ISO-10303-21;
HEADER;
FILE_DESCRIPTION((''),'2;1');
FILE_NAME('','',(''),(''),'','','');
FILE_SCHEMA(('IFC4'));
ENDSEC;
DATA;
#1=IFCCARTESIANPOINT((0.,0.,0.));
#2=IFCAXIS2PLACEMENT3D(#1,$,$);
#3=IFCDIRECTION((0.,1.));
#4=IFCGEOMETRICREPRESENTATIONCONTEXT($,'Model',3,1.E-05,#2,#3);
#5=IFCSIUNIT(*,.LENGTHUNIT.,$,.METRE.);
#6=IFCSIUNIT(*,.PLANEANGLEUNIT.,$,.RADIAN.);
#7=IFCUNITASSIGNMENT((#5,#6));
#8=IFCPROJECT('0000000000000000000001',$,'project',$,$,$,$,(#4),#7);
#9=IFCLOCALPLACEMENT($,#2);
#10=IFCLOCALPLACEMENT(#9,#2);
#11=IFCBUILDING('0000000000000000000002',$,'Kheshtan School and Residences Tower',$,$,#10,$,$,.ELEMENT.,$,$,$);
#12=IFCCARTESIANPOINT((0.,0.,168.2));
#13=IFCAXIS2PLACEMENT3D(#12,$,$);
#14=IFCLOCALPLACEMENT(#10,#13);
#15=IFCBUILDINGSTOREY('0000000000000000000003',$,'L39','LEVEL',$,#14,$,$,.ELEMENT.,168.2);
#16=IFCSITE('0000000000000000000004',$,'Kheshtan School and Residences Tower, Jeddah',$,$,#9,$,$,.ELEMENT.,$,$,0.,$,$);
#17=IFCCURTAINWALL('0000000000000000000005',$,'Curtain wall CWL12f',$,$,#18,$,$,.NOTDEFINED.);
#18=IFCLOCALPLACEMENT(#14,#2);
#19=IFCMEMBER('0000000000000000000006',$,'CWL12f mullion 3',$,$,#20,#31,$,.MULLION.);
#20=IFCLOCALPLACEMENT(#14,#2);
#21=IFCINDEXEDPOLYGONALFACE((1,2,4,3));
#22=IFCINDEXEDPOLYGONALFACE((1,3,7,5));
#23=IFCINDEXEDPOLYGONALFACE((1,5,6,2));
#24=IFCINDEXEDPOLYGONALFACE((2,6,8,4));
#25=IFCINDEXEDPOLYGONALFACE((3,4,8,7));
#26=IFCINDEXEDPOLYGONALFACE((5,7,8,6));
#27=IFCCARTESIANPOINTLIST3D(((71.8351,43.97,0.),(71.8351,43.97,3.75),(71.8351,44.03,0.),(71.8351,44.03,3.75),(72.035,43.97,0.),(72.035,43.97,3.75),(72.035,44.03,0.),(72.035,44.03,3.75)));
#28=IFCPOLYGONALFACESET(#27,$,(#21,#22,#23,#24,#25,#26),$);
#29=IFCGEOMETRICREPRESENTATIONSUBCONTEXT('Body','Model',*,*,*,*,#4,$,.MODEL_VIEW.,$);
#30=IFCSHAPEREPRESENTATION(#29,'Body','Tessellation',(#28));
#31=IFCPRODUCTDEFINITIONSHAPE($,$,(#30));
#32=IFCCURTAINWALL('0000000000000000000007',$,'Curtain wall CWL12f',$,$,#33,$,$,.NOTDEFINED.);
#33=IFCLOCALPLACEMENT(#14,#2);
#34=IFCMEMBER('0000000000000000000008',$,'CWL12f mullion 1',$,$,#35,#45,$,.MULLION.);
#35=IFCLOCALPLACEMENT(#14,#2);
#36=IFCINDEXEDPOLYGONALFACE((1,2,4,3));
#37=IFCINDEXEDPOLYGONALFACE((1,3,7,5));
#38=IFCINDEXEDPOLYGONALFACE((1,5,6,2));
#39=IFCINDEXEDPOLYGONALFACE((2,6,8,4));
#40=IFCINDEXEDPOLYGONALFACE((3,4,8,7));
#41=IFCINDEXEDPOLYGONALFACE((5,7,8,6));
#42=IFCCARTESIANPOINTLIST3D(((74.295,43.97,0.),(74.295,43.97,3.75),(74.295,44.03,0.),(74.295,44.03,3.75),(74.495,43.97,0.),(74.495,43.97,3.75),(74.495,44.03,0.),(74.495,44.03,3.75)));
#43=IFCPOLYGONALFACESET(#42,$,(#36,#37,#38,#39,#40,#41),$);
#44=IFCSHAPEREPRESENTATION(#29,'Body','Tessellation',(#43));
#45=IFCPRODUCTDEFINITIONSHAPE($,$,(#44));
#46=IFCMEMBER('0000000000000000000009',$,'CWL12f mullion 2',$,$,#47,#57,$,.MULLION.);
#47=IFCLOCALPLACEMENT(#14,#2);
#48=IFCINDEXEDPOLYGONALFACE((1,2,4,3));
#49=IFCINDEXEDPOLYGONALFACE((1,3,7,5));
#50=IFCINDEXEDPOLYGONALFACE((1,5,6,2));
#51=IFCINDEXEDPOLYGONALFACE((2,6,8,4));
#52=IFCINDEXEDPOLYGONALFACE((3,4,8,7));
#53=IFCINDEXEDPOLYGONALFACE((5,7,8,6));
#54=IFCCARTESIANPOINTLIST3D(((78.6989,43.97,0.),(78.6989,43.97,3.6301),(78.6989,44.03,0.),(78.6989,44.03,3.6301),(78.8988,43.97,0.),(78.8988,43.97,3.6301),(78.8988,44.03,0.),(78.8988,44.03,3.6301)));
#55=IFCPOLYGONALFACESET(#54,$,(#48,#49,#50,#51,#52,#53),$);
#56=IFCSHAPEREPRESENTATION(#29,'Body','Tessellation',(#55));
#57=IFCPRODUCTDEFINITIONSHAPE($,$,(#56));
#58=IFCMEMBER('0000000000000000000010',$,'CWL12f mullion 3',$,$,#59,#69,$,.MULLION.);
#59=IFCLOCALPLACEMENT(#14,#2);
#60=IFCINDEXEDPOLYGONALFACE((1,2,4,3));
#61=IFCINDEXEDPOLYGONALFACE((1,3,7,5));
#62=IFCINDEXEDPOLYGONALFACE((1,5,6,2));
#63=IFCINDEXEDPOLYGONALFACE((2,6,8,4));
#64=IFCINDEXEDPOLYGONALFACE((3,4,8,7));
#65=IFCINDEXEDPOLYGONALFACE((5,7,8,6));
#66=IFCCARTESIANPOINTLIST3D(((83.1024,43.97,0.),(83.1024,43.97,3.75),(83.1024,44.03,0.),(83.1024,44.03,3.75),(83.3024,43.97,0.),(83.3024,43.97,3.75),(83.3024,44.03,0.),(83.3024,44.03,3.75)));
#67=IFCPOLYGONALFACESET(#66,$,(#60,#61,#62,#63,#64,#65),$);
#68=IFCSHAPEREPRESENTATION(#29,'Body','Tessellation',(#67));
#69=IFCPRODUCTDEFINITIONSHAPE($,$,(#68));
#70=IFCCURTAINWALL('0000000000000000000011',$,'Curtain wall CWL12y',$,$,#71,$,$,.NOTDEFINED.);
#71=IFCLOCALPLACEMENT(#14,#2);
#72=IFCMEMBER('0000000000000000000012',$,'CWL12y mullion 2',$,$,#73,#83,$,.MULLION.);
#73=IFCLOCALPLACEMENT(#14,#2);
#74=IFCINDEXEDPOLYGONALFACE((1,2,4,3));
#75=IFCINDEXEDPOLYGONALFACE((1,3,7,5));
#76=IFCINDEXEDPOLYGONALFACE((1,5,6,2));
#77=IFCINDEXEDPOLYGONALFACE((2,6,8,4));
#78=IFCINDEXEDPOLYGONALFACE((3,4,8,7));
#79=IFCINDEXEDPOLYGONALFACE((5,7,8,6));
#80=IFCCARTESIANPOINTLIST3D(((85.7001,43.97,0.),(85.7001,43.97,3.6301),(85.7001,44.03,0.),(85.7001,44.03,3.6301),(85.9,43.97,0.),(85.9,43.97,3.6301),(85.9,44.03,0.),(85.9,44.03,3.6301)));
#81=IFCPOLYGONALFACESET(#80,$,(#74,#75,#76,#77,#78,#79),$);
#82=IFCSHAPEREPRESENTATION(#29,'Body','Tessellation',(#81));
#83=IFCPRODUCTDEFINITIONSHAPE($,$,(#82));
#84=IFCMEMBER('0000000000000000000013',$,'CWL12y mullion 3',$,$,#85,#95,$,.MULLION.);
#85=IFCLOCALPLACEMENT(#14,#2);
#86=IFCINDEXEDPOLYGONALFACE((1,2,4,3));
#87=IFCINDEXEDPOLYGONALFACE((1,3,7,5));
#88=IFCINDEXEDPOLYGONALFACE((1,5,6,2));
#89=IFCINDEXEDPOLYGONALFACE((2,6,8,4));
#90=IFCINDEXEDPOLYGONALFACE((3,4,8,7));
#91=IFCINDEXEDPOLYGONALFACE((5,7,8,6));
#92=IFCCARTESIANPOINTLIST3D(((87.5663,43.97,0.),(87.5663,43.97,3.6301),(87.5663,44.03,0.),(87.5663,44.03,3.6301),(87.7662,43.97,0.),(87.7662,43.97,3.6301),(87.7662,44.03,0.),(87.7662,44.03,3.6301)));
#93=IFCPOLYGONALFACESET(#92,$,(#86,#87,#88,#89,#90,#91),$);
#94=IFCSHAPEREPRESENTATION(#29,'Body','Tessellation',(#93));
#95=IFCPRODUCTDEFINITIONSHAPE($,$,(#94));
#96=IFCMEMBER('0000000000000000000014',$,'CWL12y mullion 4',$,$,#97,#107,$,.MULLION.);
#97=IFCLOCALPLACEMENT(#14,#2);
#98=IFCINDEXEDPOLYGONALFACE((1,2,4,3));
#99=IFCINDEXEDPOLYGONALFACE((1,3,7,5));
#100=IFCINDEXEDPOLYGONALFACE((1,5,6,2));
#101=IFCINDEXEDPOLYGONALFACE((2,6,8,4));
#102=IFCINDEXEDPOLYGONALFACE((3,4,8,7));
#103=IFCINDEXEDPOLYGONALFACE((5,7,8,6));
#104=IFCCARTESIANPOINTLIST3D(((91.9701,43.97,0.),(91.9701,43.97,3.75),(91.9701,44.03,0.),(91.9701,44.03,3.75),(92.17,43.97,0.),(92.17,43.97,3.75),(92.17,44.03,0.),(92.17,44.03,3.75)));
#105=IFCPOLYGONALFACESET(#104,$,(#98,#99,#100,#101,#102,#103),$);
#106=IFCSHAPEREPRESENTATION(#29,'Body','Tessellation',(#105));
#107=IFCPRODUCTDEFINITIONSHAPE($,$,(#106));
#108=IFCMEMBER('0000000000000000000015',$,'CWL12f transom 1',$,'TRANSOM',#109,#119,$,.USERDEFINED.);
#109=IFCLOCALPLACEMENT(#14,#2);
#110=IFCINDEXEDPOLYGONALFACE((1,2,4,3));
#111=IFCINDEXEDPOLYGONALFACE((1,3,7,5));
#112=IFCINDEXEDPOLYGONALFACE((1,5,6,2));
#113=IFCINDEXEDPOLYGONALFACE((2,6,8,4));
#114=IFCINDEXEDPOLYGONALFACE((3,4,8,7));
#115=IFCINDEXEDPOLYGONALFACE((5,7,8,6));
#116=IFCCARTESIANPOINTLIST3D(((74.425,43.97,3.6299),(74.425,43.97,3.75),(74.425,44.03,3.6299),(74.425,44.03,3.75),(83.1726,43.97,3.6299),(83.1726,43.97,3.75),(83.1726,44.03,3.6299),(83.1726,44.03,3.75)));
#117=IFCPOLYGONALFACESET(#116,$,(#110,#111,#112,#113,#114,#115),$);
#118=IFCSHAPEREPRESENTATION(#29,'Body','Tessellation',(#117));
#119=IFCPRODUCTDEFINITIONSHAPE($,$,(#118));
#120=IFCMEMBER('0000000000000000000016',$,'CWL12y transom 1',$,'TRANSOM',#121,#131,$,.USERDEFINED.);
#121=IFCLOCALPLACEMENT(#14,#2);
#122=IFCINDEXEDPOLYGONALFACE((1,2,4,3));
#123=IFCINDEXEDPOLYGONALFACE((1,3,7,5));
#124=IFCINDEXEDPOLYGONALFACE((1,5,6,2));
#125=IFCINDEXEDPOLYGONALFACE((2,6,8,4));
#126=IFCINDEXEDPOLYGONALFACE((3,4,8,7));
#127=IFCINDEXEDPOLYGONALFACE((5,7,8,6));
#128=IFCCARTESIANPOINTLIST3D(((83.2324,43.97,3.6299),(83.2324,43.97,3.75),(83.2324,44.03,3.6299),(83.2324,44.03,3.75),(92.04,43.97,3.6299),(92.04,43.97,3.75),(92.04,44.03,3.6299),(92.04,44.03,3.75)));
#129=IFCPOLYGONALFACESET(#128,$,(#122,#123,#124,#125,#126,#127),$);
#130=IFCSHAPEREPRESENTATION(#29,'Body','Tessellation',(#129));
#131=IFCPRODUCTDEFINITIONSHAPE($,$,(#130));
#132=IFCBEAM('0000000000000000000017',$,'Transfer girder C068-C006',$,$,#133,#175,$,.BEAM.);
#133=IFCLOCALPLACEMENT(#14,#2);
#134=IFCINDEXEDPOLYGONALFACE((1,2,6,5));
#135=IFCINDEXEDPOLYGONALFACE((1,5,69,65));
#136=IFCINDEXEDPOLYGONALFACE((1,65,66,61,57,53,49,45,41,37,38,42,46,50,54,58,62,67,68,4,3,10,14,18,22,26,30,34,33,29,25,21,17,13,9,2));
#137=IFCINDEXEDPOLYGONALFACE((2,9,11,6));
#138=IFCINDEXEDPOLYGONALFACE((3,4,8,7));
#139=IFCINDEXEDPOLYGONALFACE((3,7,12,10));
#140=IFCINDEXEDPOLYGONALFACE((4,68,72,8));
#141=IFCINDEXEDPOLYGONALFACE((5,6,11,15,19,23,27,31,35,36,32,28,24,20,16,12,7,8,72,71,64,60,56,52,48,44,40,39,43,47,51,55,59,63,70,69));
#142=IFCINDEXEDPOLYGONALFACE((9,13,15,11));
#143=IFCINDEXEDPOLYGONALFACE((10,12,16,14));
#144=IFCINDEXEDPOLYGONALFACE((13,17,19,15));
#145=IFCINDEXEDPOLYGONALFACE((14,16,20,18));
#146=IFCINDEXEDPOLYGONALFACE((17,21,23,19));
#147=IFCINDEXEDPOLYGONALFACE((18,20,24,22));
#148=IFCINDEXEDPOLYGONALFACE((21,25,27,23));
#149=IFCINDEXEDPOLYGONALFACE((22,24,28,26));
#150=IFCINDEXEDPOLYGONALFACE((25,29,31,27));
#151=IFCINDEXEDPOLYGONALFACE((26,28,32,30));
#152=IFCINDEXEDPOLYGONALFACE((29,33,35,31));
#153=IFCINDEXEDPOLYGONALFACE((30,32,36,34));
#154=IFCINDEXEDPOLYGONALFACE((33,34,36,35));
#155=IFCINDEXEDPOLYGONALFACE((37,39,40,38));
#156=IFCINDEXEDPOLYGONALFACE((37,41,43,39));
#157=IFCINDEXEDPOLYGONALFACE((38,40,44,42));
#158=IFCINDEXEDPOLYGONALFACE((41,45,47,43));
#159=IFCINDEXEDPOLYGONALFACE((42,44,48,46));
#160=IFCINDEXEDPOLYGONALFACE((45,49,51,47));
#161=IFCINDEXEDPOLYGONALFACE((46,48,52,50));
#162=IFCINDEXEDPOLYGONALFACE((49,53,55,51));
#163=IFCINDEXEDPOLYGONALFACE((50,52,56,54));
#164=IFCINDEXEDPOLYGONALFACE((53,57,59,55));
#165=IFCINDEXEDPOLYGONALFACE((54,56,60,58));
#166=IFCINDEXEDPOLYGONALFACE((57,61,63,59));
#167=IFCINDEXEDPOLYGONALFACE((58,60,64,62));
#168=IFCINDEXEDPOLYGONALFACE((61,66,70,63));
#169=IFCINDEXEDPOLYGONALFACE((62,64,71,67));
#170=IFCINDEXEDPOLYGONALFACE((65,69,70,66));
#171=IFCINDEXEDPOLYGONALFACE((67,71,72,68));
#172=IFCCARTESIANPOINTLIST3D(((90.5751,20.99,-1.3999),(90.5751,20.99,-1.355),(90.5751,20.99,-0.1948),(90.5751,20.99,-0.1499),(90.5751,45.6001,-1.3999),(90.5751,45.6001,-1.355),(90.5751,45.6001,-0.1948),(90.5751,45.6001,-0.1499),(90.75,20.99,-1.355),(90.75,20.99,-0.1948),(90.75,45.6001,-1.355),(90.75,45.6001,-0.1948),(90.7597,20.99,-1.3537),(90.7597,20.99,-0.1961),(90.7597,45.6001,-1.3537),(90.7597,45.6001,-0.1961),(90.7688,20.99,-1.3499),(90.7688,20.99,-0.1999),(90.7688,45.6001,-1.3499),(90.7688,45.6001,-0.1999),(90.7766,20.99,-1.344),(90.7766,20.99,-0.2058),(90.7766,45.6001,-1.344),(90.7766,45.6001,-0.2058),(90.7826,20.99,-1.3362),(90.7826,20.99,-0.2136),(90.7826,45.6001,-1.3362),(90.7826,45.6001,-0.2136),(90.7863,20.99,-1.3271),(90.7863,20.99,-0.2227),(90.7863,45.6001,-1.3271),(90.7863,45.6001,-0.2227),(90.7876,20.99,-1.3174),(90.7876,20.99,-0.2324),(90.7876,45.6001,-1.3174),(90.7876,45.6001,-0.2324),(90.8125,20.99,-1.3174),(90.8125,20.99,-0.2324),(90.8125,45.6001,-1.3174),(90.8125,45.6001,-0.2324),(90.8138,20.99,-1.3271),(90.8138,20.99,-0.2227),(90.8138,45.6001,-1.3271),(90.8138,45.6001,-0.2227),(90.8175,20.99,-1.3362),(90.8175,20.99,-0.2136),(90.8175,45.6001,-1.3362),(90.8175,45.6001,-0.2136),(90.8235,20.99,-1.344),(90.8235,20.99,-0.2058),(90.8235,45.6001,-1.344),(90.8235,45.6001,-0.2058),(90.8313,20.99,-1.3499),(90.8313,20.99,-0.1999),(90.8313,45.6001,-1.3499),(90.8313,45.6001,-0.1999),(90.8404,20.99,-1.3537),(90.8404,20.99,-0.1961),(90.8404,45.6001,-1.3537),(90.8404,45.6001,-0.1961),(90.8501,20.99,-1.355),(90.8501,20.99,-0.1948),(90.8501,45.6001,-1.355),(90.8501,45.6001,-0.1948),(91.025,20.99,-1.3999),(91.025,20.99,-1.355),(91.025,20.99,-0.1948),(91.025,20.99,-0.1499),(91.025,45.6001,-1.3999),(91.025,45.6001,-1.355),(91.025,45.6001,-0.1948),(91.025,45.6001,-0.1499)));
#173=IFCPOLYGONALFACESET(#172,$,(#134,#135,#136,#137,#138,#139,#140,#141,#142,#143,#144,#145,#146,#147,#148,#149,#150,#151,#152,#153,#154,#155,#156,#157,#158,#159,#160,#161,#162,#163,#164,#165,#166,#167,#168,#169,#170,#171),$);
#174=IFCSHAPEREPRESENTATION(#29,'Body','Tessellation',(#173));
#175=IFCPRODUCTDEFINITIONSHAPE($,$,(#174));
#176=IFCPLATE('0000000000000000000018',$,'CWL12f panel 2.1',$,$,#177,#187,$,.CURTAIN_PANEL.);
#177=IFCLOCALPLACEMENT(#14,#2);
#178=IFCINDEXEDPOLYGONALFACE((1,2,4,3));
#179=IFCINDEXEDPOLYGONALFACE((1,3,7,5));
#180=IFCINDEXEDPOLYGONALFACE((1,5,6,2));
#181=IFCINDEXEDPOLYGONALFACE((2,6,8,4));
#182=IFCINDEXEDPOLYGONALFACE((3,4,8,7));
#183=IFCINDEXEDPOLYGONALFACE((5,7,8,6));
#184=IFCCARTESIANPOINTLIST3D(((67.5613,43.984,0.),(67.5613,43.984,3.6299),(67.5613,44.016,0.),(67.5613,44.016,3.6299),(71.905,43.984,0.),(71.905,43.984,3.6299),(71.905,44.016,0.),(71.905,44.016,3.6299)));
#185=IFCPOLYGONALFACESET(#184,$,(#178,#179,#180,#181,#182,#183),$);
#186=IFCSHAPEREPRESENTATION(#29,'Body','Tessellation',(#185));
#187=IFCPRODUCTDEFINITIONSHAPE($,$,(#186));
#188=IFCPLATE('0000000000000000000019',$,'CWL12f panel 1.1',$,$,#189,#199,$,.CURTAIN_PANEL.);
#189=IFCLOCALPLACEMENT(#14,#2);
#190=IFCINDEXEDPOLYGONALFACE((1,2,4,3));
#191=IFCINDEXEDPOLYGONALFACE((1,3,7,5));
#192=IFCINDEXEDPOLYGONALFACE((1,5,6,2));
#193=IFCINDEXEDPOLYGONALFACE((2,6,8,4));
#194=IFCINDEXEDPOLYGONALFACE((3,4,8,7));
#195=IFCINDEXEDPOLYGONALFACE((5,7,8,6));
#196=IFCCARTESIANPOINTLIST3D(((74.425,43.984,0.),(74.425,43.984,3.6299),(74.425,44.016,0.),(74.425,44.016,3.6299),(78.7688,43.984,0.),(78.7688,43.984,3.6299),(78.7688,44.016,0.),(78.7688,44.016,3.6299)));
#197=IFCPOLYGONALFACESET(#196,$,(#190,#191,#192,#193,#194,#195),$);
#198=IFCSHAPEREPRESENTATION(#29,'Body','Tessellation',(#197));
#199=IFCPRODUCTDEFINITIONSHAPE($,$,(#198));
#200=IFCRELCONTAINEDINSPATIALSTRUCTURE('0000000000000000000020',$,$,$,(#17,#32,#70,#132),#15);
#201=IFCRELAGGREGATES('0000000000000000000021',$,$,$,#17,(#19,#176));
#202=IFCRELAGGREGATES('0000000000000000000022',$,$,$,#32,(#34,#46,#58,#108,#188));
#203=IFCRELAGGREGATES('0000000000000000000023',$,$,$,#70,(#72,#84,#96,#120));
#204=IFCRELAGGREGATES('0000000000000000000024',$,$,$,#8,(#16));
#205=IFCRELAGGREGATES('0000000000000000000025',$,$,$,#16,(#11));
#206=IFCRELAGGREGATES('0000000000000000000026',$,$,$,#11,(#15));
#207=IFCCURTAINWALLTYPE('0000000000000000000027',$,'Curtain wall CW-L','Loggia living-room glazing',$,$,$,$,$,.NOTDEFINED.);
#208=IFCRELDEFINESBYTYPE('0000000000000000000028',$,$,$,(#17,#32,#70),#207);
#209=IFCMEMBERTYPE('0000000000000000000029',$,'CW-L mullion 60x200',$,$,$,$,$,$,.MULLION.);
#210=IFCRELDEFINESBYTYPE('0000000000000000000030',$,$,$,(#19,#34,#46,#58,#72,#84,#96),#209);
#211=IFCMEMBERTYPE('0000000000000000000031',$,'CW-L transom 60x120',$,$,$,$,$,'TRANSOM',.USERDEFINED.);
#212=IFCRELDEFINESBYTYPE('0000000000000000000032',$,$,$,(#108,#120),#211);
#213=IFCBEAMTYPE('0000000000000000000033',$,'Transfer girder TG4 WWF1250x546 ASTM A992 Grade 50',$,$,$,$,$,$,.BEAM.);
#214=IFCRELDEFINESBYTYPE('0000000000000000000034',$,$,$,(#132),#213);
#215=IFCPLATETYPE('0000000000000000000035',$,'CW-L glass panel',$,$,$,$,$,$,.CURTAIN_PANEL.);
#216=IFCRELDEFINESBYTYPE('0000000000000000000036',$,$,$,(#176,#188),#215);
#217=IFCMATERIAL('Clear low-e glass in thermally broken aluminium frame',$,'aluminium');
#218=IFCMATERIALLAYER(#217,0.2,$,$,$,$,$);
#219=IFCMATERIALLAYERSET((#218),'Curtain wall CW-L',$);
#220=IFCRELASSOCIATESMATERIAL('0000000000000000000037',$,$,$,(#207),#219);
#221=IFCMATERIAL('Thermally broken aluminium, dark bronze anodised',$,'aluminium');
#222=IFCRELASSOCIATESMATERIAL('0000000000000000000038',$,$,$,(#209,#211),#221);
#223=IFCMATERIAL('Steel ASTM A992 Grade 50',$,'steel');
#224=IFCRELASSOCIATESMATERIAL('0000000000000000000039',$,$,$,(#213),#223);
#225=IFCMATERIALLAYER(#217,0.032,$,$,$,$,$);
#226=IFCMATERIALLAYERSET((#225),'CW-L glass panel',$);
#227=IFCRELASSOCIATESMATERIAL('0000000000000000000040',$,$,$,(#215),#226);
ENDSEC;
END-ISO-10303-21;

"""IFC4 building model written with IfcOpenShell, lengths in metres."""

from ifc_helpers import new_model, si_unit, direction, frame, origin, origin_2d, place, context, subcontext, project, spatial, rectangle, i_section, extrude, material, layer, layer_set, material_profile, profile_set, type_object, element, aggregate, save


model = new_model("IFC4")

# Units and contexts
model_context = context("Model", 3, precision=1e-05, world=origin(), true_north=direction((0.0, 1.0)))
body_context = subcontext(model_context, "Body", "Model", "MODEL_VIEW")
ifc_project = project(units=[si_unit("LENGTHUNIT", "METRE"), si_unit("PLANEANGLEUNIT", "RADIAN")], contexts=[model_context])

# Site, building, storey
site_placement = place(None, origin())
site = spatial("IfcSite", under=ifc_project, at=site_placement, Name="Kheshtan School and Residences Tower, Jeddah", CompositionType="ELEMENT", RefElevation=0.0)
building_placement = place(site_placement, origin())
building = spatial("IfcBuilding", under=site, at=building_placement, Name="Kheshtan School and Residences Tower", CompositionType="ELEMENT")
storey_placement = place(building_placement, frame((0.0, 0.0, 168.2)))
storey = spatial("IfcBuildingStorey", under=building, at=storey_placement, Name="L39", Description="LEVEL", CompositionType="ELEMENT", Elevation=168.2)

# Shared definitions
ifc_material_1 = material(Name="Steel ASTM A992 Grade 50", Category="steel")

# Curtain wall, member
ifc_material_2 = material(Name="Clear low-e glass in thermally broken aluminium frame", Category="aluminium")
ifc_layer_1 = layer(ifc_material_2, 0.2)
ifc_layer_set_1 = layer_set([ifc_layer_1], Name="Curtain wall CW-L")
curtain_wall_type = type_object("IfcCurtainWallType", Name="Curtain wall CW-L", Description="Loggia living-room glazing", PredefinedType="NOTDEFINED", material=ifc_layer_set_1)
curtain_wall_1_placement = place(storey_placement, origin())
curtain_wall_1 = element("IfcCurtainWall", 1, at=curtain_wall_1_placement, inside=storey, type_object=curtain_wall_type, Name="Curtain wall CWL12f", PredefinedType="NOTDEFINED")
ifc_material_3 = material(Name="Thermally broken aluminium, dark bronze anodised", Category="aluminium")
ifc_material_profile_1 = material_profile(ifc_material_3, rectangle(XDim=0.0601, YDim=0.2, at=origin_2d()), Name="CW-L mullion 60x200")
ifc_profile_set_1 = profile_set([ifc_material_profile_1], Name="Thermally broken aluminium, dark bronze anodised")
member_type_1 = type_object("IfcMemberType", Name="CW-L mullion 60x200", PredefinedType="MULLION", material=ifc_profile_set_1)
member_1_placement = place(storey_placement, frame((71.9351, 44.0, 0.0), z_axis=(0.0, 0.0, 1.0), x_axis=(0.0, 1.0, 0.0)))
member_1 = element("IfcMember", 2, at=member_1_placement, type_object=member_type_1, Name="CWL12f mullion 3", PredefinedType="MULLION", context=body_context, shape_type="SweptSolid", body=[
    extrude(rectangle(XDim=0.0601, YDim=0.2, at=origin_2d()), origin(), (0.0, 0.0, 1.0), 3.75),
])

# Curtain walls, members
curtain_wall_2_placement = place(storey_placement, origin())
curtain_wall_2 = element("IfcCurtainWall", 3, at=curtain_wall_2_placement, inside=storey, type_object=curtain_wall_type, Name="Curtain wall CWL12f", PredefinedType="NOTDEFINED")
member_2_placement = place(storey_placement, frame((74.395, 44.0, 0.0), z_axis=(0.0, 0.0, 1.0), x_axis=(0.0, 1.0, 0.0)))
member_2 = element("IfcMember", 4, at=member_2_placement, type_object=member_type_1, Name="CWL12f mullion 1", PredefinedType="MULLION", context=body_context, shape_type="SweptSolid", body=[
    extrude(rectangle(XDim=0.0601, YDim=0.2, at=origin_2d()), origin(), (0.0, 0.0, 1.0), 3.75),
])
member_3_placement = place(storey_placement, frame((78.7988, 44.0, 0.0), z_axis=(0.0, 0.0, 1.0), x_axis=(0.0, 1.0, 0.0)))
member_3 = element("IfcMember", 5, at=member_3_placement, type_object=member_type_1, Name="CWL12f mullion 2", PredefinedType="MULLION", context=body_context, shape_type="SweptSolid", body=[
    extrude(rectangle(XDim=0.0601, YDim=0.2, at=origin_2d()), origin(), (0.0, 0.0, 1.0), 3.6301),
])
member_4_placement = place(storey_placement, frame((83.2024, 44.0, 0.0), z_axis=(0.0, 0.0, 1.0), x_axis=(0.0, 1.0, 0.0)))
member_4 = element("IfcMember", 6, at=member_4_placement, type_object=member_type_1, Name="CWL12f mullion 3", PredefinedType="MULLION", context=body_context, shape_type="SweptSolid", body=[
    extrude(rectangle(XDim=0.0601, YDim=0.2, at=origin_2d()), origin(), (0.0, 0.0, 1.0), 3.75),
])
curtain_wall_3_placement = place(storey_placement, origin())
curtain_wall_3 = element("IfcCurtainWall", 7, at=curtain_wall_3_placement, inside=storey, type_object=curtain_wall_type, Name="Curtain wall CWL12y", PredefinedType="NOTDEFINED")
member_5_placement = place(storey_placement, frame((85.8, 44.0, 0.0), z_axis=(0.0, 0.0, 1.0), x_axis=(0.0, 1.0, 0.0)))
member_5 = element("IfcMember", 8, at=member_5_placement, type_object=member_type_1, Name="CWL12y mullion 2", PredefinedType="MULLION", context=body_context, shape_type="SweptSolid", body=[
    extrude(rectangle(XDim=0.0601, YDim=0.2, at=origin_2d()), origin(), (0.0, 0.0, 1.0), 3.6301),
])
member_6_placement = place(storey_placement, frame((87.6663, 44.0, 0.0), z_axis=(0.0, 0.0, 1.0), x_axis=(0.0, 1.0, 0.0)))
member_6 = element("IfcMember", 9, at=member_6_placement, type_object=member_type_1, Name="CWL12y mullion 3", PredefinedType="MULLION", context=body_context, shape_type="SweptSolid", body=[
    extrude(rectangle(XDim=0.0601, YDim=0.2, at=origin_2d()), origin(), (0.0, 0.0, 1.0), 3.6301),
])
member_7_placement = place(storey_placement, frame((92.0701, 44.0, 0.0), z_axis=(0.0, 0.0, 1.0), x_axis=(0.0, 1.0, 0.0)))
member_7 = element("IfcMember", 10, at=member_7_placement, type_object=member_type_1, Name="CWL12y mullion 4", PredefinedType="MULLION", context=body_context, shape_type="SweptSolid", body=[
    extrude(rectangle(XDim=0.0601, YDim=0.2, at=origin_2d()), origin(), (0.0, 0.0, 1.0), 3.75),
])

# Members
ifc_material_profile_2 = material_profile(ifc_material_3, rectangle(XDim=0.0601, YDim=0.1201, at=origin_2d()), Name="CW-L transom 60x120")
ifc_profile_set_2 = profile_set([ifc_material_profile_2], Name="Thermally broken aluminium, dark bronze anodised")
member_type_2 = type_object("IfcMemberType", Name="CW-L transom 60x120", ElementType="TRANSOM", PredefinedType="USERDEFINED", material=ifc_profile_set_2)
member_8_placement = place(storey_placement, frame((74.425, 44.0, 3.6899), z_axis=(1.0, 0.0, 0.0), x_axis=(0.0, 1.0, 0.0)))
member_8 = element("IfcMember", 11, at=member_8_placement, type_object=member_type_2, Name="CWL12f transom 1", ObjectType="TRANSOM", PredefinedType="USERDEFINED", context=body_context, shape_type="SweptSolid", body=[
    extrude(rectangle(XDim=0.0601, YDim=0.1201, at=origin_2d()), origin(), (0.0, 0.0, 1.0), 8.7476),
])
member_9_placement = place(storey_placement, frame((83.2324, 44.0, 3.6899), z_axis=(1.0, 0.0, 0.0), x_axis=(0.0, 1.0, 0.0)))
member_9 = element("IfcMember", 12, at=member_9_placement, type_object=member_type_2, Name="CWL12y transom 1", ObjectType="TRANSOM", PredefinedType="USERDEFINED", context=body_context, shape_type="SweptSolid", body=[
    extrude(rectangle(XDim=0.0601, YDim=0.1201, at=origin_2d()), origin(), (0.0, 0.0, 1.0), 8.8076),
])

# Beam
ifc_material_profile_3 = material_profile(ifc_material_1, i_section(OverallWidth=0.45, OverallDepth=1.25, WebThickness=0.0249, FlangeThickness=0.0449, FilletRadius=0.0376, at=origin_2d()), Name="WWF1250x546")
ifc_profile_set_3 = profile_set([ifc_material_profile_3], Name="Steel ASTM A992 Grade 50")
beam_type_1 = type_object("IfcBeamType", Name="Transfer girder TG4 WWF1250x546 ASTM A992 Grade 50", PredefinedType="BEAM", material=ifc_profile_set_3)
beam_1_placement = place(storey_placement, frame((90.8, 45.6001, -0.7749), z_axis=(0.0, -1.0, 0.0), x_axis=(1.0, 0.0, 0.0)))
element("IfcBeam", 13, at=beam_1_placement, inside=storey, type_object=beam_type_1, Name="Transfer girder C068-C006", PredefinedType="BEAM", context=body_context, shape_type="SweptSolid", body=[
    extrude(i_section(OverallWidth=0.45, OverallDepth=1.25, WebThickness=0.0249, FlangeThickness=0.0449, FilletRadius=0.0376, at=origin_2d()), origin(), (0.0, 0.0, 1.0), 24.6101),
])

# Plates
ifc_layer_2 = layer(ifc_material_2, 0.032)
ifc_layer_set_2 = layer_set([ifc_layer_2], Name="CW-L glass panel")
plate_type = type_object("IfcPlateType", Name="CW-L glass panel", PredefinedType="CURTAIN_PANEL", material=ifc_layer_set_2)
plate_1_placement = place(storey_placement, frame((69.7332, 44.0, 0.0), z_axis=(0.0, 0.0, 1.0), x_axis=(1.0, 0.0, 0.0)))
plate_1 = element("IfcPlate", 14, at=plate_1_placement, type_object=plate_type, Name="CWL12f panel 2.1", PredefinedType="CURTAIN_PANEL", context=body_context, shape_type="SweptSolid", body=[
    extrude(rectangle(XDim=4.3438, YDim=0.032, at=origin_2d()), origin(), (0.0, 0.0, 1.0), 3.6299),
])
aggregate(curtain_wall_1, [member_1, plate_1])
plate_2_placement = place(storey_placement, frame((76.5969, 44.0, 0.0), z_axis=(0.0, 0.0, 1.0), x_axis=(1.0, 0.0, 0.0)))
plate_2 = element("IfcPlate", 15, at=plate_2_placement, type_object=plate_type, Name="CWL12f panel 1.1", PredefinedType="CURTAIN_PANEL", context=body_context, shape_type="SweptSolid", body=[
    extrude(rectangle(XDim=4.3438, YDim=0.032, at=origin_2d()), origin(), (0.0, 0.0, 1.0), 3.6299),
])
aggregate(curtain_wall_2, [member_2, member_3, member_4, member_8, plate_2])
aggregate(curtain_wall_3, [member_5, member_6, member_7, member_9])

save(model, "model.ifc")
